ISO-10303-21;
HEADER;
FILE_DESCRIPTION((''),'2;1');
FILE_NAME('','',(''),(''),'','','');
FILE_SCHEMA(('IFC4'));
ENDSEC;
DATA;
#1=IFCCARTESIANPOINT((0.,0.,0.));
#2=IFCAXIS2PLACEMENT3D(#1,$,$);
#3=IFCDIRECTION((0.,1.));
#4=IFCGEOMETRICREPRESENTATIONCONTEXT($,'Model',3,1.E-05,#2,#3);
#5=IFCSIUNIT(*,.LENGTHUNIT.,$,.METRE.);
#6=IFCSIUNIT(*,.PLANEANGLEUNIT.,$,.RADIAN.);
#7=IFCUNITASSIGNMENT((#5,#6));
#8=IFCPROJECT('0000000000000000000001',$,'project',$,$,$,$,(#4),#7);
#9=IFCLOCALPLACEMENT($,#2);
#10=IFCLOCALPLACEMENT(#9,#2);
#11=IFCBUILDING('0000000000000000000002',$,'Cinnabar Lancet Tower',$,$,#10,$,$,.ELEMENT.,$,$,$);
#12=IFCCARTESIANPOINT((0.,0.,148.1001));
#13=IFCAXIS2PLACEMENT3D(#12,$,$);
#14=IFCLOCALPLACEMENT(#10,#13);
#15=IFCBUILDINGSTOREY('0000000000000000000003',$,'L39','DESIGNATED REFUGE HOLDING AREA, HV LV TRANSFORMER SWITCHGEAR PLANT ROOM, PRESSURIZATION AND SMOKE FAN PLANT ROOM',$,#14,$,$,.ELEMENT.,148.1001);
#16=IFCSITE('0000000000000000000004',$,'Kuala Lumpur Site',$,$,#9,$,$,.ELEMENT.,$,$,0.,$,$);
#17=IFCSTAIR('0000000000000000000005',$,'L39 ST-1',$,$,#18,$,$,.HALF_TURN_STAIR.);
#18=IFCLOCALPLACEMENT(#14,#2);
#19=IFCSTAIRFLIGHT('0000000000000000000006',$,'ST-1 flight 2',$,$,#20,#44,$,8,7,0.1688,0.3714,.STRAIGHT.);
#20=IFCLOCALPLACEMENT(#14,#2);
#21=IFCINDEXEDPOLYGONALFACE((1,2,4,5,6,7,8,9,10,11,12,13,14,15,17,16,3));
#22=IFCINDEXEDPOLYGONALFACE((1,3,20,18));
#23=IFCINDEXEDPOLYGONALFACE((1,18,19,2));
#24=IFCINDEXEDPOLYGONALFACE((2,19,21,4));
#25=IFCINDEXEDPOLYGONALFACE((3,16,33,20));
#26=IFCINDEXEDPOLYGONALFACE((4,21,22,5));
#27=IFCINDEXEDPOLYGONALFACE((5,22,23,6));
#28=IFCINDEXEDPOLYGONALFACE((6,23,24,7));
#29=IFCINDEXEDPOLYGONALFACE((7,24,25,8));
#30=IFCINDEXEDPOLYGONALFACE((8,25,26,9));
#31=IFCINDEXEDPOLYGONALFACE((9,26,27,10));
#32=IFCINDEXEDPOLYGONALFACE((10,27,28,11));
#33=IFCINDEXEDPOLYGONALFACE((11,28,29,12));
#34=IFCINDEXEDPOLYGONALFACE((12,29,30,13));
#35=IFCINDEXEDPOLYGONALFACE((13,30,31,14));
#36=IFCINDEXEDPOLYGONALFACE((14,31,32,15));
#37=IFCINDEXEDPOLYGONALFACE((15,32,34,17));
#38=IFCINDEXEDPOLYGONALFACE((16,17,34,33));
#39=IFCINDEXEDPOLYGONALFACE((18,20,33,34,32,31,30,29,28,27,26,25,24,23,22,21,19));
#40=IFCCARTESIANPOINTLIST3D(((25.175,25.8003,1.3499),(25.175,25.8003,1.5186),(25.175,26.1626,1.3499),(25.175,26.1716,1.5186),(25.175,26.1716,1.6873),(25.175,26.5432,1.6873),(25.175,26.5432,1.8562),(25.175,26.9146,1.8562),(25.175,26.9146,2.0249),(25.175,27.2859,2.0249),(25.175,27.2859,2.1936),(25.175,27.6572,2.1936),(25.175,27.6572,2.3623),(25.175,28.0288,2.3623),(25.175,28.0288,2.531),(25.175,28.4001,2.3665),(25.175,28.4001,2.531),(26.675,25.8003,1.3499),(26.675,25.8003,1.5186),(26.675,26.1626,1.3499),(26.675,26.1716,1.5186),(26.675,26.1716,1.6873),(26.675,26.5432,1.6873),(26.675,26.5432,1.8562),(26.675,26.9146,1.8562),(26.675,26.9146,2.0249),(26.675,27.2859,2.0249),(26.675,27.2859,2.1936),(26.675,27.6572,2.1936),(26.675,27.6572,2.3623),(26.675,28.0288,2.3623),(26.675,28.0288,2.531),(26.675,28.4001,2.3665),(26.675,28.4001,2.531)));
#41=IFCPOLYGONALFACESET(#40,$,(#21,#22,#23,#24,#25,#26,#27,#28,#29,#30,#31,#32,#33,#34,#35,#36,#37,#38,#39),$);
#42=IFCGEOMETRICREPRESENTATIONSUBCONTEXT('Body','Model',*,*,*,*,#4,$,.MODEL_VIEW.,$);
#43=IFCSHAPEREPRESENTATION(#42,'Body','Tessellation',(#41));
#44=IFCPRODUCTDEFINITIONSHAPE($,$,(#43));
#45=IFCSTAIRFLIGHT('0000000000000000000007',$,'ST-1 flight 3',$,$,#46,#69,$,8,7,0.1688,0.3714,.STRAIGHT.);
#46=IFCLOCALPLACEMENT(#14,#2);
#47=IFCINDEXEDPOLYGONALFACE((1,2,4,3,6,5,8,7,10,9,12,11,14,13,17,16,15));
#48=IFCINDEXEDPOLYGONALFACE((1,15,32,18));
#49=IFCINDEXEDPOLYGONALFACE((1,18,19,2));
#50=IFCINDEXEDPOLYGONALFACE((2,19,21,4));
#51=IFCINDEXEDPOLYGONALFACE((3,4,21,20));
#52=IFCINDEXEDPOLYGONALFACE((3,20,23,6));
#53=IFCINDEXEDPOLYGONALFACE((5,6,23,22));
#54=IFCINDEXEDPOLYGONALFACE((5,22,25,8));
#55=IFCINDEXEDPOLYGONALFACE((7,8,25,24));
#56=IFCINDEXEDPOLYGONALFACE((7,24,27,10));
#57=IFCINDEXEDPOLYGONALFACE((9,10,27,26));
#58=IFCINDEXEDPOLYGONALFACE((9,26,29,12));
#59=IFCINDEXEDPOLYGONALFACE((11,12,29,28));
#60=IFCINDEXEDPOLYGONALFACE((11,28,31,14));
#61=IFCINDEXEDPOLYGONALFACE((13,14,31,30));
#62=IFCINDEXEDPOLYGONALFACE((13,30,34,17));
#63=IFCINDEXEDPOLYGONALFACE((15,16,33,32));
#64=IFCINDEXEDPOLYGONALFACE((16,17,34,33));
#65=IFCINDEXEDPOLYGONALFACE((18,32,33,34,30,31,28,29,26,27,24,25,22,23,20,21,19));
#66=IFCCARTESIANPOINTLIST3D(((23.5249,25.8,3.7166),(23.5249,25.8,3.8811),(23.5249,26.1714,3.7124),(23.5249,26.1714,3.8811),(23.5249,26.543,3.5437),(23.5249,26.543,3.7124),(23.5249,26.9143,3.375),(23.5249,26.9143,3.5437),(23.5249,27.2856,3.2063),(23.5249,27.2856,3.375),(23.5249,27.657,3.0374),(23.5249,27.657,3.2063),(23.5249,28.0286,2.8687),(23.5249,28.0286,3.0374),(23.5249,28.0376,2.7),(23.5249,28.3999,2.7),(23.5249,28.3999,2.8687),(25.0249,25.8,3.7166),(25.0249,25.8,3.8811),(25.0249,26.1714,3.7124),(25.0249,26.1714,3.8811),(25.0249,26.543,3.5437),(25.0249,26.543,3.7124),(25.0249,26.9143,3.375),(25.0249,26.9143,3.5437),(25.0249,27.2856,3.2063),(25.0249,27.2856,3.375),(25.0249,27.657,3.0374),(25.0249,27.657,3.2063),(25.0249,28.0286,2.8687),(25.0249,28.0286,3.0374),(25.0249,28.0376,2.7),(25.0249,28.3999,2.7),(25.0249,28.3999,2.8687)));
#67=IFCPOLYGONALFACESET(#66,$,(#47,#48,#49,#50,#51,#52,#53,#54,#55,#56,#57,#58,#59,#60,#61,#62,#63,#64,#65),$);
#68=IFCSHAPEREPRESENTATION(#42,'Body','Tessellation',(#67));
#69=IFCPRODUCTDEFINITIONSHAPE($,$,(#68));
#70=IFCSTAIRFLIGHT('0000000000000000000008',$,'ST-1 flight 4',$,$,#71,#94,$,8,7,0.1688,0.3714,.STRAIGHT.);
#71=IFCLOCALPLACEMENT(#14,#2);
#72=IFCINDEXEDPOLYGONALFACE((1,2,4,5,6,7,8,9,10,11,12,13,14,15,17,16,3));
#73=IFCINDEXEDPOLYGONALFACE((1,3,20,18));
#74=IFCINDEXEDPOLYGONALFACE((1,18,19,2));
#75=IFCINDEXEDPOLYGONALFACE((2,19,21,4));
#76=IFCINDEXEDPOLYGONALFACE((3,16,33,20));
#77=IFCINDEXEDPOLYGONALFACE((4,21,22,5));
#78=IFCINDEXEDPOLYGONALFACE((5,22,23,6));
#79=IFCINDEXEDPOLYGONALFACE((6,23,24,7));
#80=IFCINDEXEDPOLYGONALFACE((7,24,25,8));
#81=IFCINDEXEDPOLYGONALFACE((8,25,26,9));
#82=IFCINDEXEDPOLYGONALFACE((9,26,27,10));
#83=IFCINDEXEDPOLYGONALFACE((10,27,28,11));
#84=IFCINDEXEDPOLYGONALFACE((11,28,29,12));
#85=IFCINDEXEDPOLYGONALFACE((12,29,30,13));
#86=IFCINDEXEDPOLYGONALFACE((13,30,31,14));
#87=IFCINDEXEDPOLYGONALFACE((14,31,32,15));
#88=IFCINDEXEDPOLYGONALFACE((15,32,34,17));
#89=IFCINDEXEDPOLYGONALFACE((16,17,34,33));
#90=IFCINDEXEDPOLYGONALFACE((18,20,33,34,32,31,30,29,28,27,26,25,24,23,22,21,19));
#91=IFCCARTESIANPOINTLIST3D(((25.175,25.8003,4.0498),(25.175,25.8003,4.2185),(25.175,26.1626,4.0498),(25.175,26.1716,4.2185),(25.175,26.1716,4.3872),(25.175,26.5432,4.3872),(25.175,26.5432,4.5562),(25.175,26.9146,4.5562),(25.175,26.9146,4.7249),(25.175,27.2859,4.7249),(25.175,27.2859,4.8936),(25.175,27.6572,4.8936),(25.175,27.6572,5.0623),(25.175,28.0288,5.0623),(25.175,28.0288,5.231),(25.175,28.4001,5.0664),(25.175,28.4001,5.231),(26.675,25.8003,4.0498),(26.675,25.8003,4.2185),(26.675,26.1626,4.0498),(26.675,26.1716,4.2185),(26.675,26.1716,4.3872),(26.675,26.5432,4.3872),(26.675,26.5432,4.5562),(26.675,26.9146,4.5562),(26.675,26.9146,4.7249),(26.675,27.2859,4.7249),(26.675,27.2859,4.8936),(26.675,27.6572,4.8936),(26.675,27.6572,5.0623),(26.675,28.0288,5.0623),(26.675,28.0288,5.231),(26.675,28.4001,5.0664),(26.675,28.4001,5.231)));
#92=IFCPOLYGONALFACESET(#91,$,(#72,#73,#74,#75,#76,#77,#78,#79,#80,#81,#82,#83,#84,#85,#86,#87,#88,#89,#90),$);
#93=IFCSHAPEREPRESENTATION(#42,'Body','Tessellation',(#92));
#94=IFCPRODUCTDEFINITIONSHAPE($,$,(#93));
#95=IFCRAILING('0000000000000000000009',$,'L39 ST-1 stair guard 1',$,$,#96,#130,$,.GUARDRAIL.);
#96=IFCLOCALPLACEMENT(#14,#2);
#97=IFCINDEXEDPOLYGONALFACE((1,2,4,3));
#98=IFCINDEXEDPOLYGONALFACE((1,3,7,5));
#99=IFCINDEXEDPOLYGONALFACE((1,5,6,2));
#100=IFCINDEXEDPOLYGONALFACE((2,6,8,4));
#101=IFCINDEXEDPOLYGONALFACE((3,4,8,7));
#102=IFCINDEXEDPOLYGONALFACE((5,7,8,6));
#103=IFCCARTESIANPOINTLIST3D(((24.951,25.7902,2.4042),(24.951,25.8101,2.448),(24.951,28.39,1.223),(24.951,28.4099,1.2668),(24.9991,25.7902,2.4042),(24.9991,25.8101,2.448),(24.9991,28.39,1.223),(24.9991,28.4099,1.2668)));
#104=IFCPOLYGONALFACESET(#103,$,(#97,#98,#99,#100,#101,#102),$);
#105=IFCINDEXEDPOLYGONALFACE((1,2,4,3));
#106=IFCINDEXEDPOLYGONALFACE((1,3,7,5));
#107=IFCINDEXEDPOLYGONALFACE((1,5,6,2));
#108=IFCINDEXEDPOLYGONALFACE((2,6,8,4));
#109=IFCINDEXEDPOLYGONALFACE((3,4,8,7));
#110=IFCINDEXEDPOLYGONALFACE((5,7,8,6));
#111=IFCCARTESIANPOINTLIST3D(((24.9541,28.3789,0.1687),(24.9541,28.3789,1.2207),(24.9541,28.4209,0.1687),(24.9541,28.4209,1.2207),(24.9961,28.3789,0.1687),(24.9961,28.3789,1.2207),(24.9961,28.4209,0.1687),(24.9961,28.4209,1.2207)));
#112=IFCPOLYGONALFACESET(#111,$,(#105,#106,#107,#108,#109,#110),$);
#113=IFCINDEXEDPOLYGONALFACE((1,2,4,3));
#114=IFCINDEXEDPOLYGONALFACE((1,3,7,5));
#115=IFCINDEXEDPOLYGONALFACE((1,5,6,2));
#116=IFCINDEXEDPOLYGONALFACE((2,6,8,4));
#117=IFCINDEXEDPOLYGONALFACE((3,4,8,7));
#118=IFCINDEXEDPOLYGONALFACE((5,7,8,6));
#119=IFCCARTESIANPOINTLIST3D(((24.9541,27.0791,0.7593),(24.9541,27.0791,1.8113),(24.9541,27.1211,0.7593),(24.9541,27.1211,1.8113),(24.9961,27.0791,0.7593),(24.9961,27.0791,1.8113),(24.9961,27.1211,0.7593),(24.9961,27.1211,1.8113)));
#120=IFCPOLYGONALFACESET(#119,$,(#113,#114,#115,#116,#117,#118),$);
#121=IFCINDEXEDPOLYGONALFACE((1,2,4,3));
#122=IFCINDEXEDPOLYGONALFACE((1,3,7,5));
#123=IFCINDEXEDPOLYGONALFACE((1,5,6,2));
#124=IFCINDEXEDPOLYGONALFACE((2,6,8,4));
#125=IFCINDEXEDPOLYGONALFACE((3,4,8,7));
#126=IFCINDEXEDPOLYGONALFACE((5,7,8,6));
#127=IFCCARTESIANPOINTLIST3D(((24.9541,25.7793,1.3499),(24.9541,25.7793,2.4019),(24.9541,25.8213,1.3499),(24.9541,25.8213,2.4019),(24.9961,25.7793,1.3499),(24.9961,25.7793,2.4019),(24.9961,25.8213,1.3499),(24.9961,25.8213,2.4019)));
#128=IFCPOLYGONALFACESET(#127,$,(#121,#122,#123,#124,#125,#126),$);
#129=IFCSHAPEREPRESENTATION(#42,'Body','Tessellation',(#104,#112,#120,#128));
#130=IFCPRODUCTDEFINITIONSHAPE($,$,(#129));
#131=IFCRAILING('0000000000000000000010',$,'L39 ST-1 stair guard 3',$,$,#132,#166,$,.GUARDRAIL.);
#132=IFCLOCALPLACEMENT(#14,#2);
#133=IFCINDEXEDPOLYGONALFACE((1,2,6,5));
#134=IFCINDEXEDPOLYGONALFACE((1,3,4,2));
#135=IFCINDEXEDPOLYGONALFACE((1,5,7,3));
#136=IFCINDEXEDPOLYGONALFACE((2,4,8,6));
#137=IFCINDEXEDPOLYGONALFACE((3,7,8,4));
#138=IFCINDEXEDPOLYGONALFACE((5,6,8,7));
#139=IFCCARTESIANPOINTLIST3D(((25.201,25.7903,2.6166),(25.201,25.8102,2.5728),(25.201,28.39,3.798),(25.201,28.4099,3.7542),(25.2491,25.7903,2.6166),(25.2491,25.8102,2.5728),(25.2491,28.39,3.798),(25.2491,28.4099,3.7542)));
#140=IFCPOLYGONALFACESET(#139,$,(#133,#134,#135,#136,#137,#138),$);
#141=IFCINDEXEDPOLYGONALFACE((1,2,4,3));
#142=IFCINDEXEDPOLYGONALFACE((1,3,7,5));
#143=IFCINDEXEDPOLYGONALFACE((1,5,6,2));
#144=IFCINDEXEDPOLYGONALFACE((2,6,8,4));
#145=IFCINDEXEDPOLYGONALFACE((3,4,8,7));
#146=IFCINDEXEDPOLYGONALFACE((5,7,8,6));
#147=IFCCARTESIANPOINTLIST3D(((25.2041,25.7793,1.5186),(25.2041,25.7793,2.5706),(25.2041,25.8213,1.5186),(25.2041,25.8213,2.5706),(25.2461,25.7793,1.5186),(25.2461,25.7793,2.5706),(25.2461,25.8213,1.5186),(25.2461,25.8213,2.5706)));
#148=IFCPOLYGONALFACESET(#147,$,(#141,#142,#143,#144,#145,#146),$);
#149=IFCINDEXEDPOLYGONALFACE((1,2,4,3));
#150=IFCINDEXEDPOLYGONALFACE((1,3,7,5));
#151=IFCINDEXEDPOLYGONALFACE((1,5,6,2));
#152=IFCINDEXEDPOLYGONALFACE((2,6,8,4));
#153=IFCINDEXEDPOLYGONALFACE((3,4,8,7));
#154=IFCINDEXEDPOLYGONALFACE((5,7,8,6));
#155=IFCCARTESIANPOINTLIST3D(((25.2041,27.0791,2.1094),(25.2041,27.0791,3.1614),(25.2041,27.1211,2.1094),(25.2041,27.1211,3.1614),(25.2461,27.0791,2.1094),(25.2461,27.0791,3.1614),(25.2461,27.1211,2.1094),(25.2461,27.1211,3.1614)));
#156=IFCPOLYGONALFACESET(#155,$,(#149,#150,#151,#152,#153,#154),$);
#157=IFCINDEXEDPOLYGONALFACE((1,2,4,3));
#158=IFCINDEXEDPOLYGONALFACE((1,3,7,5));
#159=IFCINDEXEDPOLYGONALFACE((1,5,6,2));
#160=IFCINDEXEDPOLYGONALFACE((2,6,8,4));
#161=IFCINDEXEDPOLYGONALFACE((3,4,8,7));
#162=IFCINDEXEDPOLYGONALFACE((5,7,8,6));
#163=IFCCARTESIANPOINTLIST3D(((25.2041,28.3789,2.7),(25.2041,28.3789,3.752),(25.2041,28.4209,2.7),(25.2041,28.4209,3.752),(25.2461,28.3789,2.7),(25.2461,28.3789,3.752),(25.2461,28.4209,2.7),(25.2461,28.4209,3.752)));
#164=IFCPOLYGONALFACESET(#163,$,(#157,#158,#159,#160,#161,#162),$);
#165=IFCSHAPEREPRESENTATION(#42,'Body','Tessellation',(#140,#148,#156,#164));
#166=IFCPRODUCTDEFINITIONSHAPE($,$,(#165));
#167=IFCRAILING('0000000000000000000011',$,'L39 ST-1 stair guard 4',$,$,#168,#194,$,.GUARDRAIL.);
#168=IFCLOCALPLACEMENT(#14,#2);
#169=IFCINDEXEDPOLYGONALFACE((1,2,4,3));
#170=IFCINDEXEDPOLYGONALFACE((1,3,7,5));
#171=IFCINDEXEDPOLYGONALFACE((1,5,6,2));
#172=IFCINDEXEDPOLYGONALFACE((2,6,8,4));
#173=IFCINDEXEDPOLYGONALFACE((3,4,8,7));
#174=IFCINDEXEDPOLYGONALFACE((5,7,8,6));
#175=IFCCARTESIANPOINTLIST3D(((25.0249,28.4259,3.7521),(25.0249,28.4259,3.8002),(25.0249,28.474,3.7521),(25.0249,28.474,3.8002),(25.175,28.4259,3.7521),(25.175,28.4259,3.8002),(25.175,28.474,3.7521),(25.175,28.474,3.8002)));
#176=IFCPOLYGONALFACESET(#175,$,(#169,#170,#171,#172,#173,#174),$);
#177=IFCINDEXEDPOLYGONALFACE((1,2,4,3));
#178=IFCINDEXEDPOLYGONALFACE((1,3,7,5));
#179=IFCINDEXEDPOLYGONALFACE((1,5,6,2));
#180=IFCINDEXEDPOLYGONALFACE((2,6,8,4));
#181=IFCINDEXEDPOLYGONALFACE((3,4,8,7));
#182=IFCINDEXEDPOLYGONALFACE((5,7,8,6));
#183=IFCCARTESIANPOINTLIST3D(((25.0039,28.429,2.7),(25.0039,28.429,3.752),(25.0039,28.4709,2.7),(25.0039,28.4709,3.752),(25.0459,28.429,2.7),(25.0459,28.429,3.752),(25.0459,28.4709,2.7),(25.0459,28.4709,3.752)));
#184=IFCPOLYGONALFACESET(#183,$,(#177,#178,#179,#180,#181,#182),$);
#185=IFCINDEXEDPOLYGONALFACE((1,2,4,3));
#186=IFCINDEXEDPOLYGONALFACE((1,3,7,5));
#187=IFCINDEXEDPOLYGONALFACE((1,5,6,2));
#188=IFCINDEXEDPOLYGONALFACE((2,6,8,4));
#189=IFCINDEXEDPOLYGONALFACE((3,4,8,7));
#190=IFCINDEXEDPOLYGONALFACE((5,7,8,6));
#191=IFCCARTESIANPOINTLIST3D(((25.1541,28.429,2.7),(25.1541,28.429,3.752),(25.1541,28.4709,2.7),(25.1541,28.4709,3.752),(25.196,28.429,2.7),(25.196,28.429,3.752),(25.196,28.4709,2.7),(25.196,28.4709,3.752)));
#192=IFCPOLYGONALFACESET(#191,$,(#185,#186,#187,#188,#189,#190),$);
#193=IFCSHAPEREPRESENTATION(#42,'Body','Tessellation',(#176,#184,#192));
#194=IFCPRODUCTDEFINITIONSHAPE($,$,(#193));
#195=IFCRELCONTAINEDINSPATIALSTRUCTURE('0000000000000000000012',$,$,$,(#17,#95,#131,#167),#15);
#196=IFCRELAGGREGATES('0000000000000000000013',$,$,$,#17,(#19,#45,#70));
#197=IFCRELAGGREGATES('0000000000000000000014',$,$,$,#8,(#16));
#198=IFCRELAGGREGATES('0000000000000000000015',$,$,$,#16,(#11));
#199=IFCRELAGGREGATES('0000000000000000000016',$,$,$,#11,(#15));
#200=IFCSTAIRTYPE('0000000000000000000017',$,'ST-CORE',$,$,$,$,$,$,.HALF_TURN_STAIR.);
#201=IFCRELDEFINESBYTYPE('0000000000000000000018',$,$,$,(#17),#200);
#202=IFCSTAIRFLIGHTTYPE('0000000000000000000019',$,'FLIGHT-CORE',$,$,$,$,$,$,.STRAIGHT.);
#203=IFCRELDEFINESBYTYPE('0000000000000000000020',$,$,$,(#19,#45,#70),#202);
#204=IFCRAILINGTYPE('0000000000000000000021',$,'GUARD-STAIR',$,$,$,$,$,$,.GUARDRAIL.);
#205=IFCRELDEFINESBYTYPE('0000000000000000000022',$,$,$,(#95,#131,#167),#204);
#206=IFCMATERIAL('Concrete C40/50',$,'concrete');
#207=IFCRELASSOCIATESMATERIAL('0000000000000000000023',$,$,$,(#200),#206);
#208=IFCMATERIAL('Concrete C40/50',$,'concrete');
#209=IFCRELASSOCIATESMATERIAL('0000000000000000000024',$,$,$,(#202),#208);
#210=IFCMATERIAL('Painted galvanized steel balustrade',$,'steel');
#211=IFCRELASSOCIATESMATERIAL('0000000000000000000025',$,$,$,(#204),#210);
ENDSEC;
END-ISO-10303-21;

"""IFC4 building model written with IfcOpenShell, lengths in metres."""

from ifc_helpers import new_model, si_unit, direction, frame, origin, origin_2d, place, context, subcontext, project, spatial, polyline, rectangle, outline, extrude, material, type_object, element, aggregate, save


model = new_model("IFC4")

# Units and contexts
model_context = context("Model", 3, precision=1e-05, world=origin(), true_north=direction((0.0, 1.0)))
body_context = subcontext(model_context, "Body", "Model", "MODEL_VIEW")
ifc_project = project(units=[si_unit("LENGTHUNIT", "METRE"), si_unit("PLANEANGLEUNIT", "RADIAN")], contexts=[model_context])

# Site, building, storey
site_placement = place(None, origin())
site = spatial("IfcSite", under=ifc_project, at=site_placement, Name="Kuala Lumpur Site", CompositionType="ELEMENT", RefElevation=0.0)
building_placement = place(site_placement, origin())
building = spatial("IfcBuilding", under=site, at=building_placement, Name="Cinnabar Lancet Tower", CompositionType="ELEMENT")
storey_placement = place(building_placement, frame((0.0, 0.0, 148.1001)))
storey = spatial("IfcBuildingStorey", under=building, at=storey_placement, Name="L39", Description="DESIGNATED REFUGE HOLDING AREA, HV LV TRANSFORMER SWITCHGEAR PLANT ROOM, PRESSURIZATION AND SMOKE FAN PLANT ROOM", CompositionType="ELEMENT", Elevation=148.1001)

# Stair, stair flights
ifc_material_1 = material(Name="Concrete C40/50", Category="concrete")
stair_type = type_object("IfcStairType", Name="ST-CORE", PredefinedType="HALF_TURN_STAIR", material=ifc_material_1)
stair_placement = place(storey_placement, origin())
stair = element("IfcStair", 1, at=stair_placement, inside=storey, type_object=stair_type, Name="L39 ST-1", PredefinedType="HALF_TURN_STAIR")
ifc_material_2 = material(Name="Concrete C40/50", Category="concrete")
stair_flight_type = type_object("IfcStairFlightType", Name="FLIGHT-CORE", PredefinedType="STRAIGHT", material=ifc_material_2)
stair_flight_1_placement = place(storey_placement, frame((25.925, 25.8003, 1.3499), z_axis=(0.0, 0.0, 1.0), x_axis=(0.0, 1.0, 0.0)))
stair_flight_1 = element("IfcStairFlight", 2, at=stair_flight_1_placement, type_object=stair_flight_type, Name="ST-1 flight 2", NumberOfRisers=8, NumberOfTreads=7, PredefinedType="STRAIGHT", RiserHeight=0.1688, TreadLength=0.3714, context=body_context, shape_type="SweptSolid", body=[
    extrude(outline(polyline([(0.0, 0.0), (0.0, 0.1687), (0.3713, 0.1687), (0.3713, 0.3374), (0.7429, 0.3374), (0.7429, 0.5063), (1.1143, 0.5063), (1.1143, 0.675), (1.4856, 0.675), (1.4856, 0.8438), (1.8569, 0.8438), (1.8569, 1.0125), (2.2285, 1.0125), (2.2285, 1.1812), (2.5999, 1.1812), (2.5999, 1.3501), (2.5999, 1.0166), (0.3623, 0.0), (0.0, 0.0)])), frame((0.0, 0.75, 0.0), z_axis=(0.0, -1.0, 0.0), x_axis=(1.0, 0.0, 0.0)), (0.0, 0.0, 1.0), 1.5),
])
stair_flight_2_placement = place(storey_placement, frame((24.2749, 28.3999, 2.7), z_axis=(0.0, 0.0, 1.0), x_axis=(0.0, -1.0, 0.0)))
stair_flight_2 = element("IfcStairFlight", 3, at=stair_flight_2_placement, type_object=stair_flight_type, Name="ST-1 flight 3", NumberOfRisers=8, NumberOfTreads=7, PredefinedType="STRAIGHT", RiserHeight=0.1688, TreadLength=0.3714, context=body_context, shape_type="SweptSolid", body=[
    extrude(outline(polyline([(0.0, 0.0), (0.0, 0.1687), (0.3713, 0.1687), (0.3713, 0.3374), (0.7429, 0.3374), (0.7429, 0.5063), (1.1143, 0.5063), (1.1143, 0.675), (1.4856, 0.675), (1.4856, 0.8438), (1.8569, 0.8438), (1.8569, 1.0125), (2.2285, 1.0125), (2.2285, 1.1812), (2.5999, 1.1812), (2.5999, 1.3501), (2.5999, 1.0166), (0.3623, 0.0), (0.0, 0.0)])), frame((0.0, 0.75, 0.0), z_axis=(0.0, -1.0, 0.0), x_axis=(1.0, 0.0, 0.0)), (0.0, 0.0, 1.0), 1.5),
])
stair_flight_3_placement = place(storey_placement, frame((25.925, 25.8003, 4.0498), z_axis=(0.0, 0.0, 1.0), x_axis=(0.0, 1.0, 0.0)))
stair_flight_3 = element("IfcStairFlight", 4, at=stair_flight_3_placement, type_object=stair_flight_type, Name="ST-1 flight 4", NumberOfRisers=8, NumberOfTreads=7, PredefinedType="STRAIGHT", RiserHeight=0.1688, TreadLength=0.3714, context=body_context, shape_type="SweptSolid", body=[
    extrude(outline(polyline([(0.0, 0.0), (0.0, 0.1687), (0.3713, 0.1687), (0.3713, 0.3374), (0.7429, 0.3374), (0.7429, 0.5063), (1.1143, 0.5063), (1.1143, 0.675), (1.4856, 0.675), (1.4856, 0.8438), (1.8569, 0.8438), (1.8569, 1.0125), (2.2285, 1.0125), (2.2285, 1.1812), (2.5999, 1.1812), (2.5999, 1.3501), (2.5999, 1.0166), (0.3623, 0.0), (0.0, 0.0)])), frame((0.0, 0.75, 0.0), z_axis=(0.0, -1.0, 0.0), x_axis=(1.0, 0.0, 0.0)), (0.0, 0.0, 1.0), 1.5),
])
aggregate(stair, [stair_flight_1, stair_flight_2, stair_flight_3])

# Railings
ifc_material_3 = material(Name="Painted galvanized steel balustrade", Category="steel")
railing_type_1 = type_object("IfcRailingType", Name="GUARD-STAIR", PredefinedType="GUARDRAIL", material=ifc_material_3)
railing_1_placement = place(storey_placement, frame((24.9751, 28.3999, 0.1687)))
element("IfcRailing", 5, at=railing_1_placement, inside=storey, type_object=railing_type_1, Name="L39 ST-1 stair guard 1", PredefinedType="GUARDRAIL", context=body_context, shape_type="SweptSolid", body=[
    extrude(rectangle(XDim=0.0481, YDim=0.0481, at=origin_2d()), frame((0.0, 0.0, 1.0762), z_axis=(0.0, -0.910431, 0.413661), x_axis=(1.0, 0.0, 0.0)), (0.0, 0.0, 1.0), 2.8555),
    extrude(rectangle(XDim=0.042, YDim=0.042, at=origin_2d()), origin(), (0.0, 0.0, 1.0), 1.052),
    extrude(rectangle(XDim=0.042, YDim=0.042, at=origin_2d()), frame((0.0, -1.2998, 0.5906)), (0.0, 0.0, 1.0), 1.052),
    extrude(rectangle(XDim=0.042, YDim=0.042, at=origin_2d()), frame((0.0, -2.5996, 1.1812)), (0.0, 0.0, 1.0), 1.052),
])
railing_2_placement = place(storey_placement, frame((25.2251, 25.8003, 1.5186)))
element("IfcRailing", 6, at=railing_2_placement, inside=storey, type_object=railing_type_1, Name="L39 ST-1 stair guard 3", PredefinedType="GUARDRAIL", context=body_context, shape_type="SweptSolid", body=[
    extrude(rectangle(XDim=0.0481, YDim=0.0481, at=origin_2d()), frame((0.0, 0.0, 1.0762), z_axis=(0.0, 0.910399, 0.413732), x_axis=(-1.0, 0.0, 0.0)), (0.0, 0.0, 1.0), 2.8555),
    extrude(rectangle(XDim=0.042, YDim=0.042, at=origin_2d()), origin(), (0.0, 0.0, 1.0), 1.052),
    extrude(rectangle(XDim=0.042, YDim=0.042, at=origin_2d()), frame((0.0, 1.2998, 0.5908)), (0.0, 0.0, 1.0), 1.052),
    extrude(rectangle(XDim=0.042, YDim=0.042, at=origin_2d()), frame((0.0, 2.5996, 1.1814)), (0.0, 0.0, 1.0), 1.052),
])
railing_3_placement = place(storey_placement, frame((25.0249, 28.45, 2.7)))
element("IfcRailing", 7, at=railing_3_placement, inside=storey, type_object=railing_type_1, Name="L39 ST-1 stair guard 4", PredefinedType="GUARDRAIL", context=body_context, shape_type="SweptSolid", body=[
    extrude(rectangle(XDim=0.0481, YDim=0.0481, at=origin_2d()), frame((0.0, 0.0, 1.0762), z_axis=(1.0, 0.0, 0.0), x_axis=(0.0, 1.0, 0.0)), (0.0, 0.0, 1.0), 0.1501),
    extrude(rectangle(XDim=0.042, YDim=0.042, at=origin_2d()), origin(), (0.0, 0.0, 1.0), 1.052),
    extrude(rectangle(XDim=0.042, YDim=0.042, at=origin_2d()), frame((0.1501, 0.0, 0.0)), (0.0, 0.0, 1.0), 1.052),
])

save(model, "model.ifc")
